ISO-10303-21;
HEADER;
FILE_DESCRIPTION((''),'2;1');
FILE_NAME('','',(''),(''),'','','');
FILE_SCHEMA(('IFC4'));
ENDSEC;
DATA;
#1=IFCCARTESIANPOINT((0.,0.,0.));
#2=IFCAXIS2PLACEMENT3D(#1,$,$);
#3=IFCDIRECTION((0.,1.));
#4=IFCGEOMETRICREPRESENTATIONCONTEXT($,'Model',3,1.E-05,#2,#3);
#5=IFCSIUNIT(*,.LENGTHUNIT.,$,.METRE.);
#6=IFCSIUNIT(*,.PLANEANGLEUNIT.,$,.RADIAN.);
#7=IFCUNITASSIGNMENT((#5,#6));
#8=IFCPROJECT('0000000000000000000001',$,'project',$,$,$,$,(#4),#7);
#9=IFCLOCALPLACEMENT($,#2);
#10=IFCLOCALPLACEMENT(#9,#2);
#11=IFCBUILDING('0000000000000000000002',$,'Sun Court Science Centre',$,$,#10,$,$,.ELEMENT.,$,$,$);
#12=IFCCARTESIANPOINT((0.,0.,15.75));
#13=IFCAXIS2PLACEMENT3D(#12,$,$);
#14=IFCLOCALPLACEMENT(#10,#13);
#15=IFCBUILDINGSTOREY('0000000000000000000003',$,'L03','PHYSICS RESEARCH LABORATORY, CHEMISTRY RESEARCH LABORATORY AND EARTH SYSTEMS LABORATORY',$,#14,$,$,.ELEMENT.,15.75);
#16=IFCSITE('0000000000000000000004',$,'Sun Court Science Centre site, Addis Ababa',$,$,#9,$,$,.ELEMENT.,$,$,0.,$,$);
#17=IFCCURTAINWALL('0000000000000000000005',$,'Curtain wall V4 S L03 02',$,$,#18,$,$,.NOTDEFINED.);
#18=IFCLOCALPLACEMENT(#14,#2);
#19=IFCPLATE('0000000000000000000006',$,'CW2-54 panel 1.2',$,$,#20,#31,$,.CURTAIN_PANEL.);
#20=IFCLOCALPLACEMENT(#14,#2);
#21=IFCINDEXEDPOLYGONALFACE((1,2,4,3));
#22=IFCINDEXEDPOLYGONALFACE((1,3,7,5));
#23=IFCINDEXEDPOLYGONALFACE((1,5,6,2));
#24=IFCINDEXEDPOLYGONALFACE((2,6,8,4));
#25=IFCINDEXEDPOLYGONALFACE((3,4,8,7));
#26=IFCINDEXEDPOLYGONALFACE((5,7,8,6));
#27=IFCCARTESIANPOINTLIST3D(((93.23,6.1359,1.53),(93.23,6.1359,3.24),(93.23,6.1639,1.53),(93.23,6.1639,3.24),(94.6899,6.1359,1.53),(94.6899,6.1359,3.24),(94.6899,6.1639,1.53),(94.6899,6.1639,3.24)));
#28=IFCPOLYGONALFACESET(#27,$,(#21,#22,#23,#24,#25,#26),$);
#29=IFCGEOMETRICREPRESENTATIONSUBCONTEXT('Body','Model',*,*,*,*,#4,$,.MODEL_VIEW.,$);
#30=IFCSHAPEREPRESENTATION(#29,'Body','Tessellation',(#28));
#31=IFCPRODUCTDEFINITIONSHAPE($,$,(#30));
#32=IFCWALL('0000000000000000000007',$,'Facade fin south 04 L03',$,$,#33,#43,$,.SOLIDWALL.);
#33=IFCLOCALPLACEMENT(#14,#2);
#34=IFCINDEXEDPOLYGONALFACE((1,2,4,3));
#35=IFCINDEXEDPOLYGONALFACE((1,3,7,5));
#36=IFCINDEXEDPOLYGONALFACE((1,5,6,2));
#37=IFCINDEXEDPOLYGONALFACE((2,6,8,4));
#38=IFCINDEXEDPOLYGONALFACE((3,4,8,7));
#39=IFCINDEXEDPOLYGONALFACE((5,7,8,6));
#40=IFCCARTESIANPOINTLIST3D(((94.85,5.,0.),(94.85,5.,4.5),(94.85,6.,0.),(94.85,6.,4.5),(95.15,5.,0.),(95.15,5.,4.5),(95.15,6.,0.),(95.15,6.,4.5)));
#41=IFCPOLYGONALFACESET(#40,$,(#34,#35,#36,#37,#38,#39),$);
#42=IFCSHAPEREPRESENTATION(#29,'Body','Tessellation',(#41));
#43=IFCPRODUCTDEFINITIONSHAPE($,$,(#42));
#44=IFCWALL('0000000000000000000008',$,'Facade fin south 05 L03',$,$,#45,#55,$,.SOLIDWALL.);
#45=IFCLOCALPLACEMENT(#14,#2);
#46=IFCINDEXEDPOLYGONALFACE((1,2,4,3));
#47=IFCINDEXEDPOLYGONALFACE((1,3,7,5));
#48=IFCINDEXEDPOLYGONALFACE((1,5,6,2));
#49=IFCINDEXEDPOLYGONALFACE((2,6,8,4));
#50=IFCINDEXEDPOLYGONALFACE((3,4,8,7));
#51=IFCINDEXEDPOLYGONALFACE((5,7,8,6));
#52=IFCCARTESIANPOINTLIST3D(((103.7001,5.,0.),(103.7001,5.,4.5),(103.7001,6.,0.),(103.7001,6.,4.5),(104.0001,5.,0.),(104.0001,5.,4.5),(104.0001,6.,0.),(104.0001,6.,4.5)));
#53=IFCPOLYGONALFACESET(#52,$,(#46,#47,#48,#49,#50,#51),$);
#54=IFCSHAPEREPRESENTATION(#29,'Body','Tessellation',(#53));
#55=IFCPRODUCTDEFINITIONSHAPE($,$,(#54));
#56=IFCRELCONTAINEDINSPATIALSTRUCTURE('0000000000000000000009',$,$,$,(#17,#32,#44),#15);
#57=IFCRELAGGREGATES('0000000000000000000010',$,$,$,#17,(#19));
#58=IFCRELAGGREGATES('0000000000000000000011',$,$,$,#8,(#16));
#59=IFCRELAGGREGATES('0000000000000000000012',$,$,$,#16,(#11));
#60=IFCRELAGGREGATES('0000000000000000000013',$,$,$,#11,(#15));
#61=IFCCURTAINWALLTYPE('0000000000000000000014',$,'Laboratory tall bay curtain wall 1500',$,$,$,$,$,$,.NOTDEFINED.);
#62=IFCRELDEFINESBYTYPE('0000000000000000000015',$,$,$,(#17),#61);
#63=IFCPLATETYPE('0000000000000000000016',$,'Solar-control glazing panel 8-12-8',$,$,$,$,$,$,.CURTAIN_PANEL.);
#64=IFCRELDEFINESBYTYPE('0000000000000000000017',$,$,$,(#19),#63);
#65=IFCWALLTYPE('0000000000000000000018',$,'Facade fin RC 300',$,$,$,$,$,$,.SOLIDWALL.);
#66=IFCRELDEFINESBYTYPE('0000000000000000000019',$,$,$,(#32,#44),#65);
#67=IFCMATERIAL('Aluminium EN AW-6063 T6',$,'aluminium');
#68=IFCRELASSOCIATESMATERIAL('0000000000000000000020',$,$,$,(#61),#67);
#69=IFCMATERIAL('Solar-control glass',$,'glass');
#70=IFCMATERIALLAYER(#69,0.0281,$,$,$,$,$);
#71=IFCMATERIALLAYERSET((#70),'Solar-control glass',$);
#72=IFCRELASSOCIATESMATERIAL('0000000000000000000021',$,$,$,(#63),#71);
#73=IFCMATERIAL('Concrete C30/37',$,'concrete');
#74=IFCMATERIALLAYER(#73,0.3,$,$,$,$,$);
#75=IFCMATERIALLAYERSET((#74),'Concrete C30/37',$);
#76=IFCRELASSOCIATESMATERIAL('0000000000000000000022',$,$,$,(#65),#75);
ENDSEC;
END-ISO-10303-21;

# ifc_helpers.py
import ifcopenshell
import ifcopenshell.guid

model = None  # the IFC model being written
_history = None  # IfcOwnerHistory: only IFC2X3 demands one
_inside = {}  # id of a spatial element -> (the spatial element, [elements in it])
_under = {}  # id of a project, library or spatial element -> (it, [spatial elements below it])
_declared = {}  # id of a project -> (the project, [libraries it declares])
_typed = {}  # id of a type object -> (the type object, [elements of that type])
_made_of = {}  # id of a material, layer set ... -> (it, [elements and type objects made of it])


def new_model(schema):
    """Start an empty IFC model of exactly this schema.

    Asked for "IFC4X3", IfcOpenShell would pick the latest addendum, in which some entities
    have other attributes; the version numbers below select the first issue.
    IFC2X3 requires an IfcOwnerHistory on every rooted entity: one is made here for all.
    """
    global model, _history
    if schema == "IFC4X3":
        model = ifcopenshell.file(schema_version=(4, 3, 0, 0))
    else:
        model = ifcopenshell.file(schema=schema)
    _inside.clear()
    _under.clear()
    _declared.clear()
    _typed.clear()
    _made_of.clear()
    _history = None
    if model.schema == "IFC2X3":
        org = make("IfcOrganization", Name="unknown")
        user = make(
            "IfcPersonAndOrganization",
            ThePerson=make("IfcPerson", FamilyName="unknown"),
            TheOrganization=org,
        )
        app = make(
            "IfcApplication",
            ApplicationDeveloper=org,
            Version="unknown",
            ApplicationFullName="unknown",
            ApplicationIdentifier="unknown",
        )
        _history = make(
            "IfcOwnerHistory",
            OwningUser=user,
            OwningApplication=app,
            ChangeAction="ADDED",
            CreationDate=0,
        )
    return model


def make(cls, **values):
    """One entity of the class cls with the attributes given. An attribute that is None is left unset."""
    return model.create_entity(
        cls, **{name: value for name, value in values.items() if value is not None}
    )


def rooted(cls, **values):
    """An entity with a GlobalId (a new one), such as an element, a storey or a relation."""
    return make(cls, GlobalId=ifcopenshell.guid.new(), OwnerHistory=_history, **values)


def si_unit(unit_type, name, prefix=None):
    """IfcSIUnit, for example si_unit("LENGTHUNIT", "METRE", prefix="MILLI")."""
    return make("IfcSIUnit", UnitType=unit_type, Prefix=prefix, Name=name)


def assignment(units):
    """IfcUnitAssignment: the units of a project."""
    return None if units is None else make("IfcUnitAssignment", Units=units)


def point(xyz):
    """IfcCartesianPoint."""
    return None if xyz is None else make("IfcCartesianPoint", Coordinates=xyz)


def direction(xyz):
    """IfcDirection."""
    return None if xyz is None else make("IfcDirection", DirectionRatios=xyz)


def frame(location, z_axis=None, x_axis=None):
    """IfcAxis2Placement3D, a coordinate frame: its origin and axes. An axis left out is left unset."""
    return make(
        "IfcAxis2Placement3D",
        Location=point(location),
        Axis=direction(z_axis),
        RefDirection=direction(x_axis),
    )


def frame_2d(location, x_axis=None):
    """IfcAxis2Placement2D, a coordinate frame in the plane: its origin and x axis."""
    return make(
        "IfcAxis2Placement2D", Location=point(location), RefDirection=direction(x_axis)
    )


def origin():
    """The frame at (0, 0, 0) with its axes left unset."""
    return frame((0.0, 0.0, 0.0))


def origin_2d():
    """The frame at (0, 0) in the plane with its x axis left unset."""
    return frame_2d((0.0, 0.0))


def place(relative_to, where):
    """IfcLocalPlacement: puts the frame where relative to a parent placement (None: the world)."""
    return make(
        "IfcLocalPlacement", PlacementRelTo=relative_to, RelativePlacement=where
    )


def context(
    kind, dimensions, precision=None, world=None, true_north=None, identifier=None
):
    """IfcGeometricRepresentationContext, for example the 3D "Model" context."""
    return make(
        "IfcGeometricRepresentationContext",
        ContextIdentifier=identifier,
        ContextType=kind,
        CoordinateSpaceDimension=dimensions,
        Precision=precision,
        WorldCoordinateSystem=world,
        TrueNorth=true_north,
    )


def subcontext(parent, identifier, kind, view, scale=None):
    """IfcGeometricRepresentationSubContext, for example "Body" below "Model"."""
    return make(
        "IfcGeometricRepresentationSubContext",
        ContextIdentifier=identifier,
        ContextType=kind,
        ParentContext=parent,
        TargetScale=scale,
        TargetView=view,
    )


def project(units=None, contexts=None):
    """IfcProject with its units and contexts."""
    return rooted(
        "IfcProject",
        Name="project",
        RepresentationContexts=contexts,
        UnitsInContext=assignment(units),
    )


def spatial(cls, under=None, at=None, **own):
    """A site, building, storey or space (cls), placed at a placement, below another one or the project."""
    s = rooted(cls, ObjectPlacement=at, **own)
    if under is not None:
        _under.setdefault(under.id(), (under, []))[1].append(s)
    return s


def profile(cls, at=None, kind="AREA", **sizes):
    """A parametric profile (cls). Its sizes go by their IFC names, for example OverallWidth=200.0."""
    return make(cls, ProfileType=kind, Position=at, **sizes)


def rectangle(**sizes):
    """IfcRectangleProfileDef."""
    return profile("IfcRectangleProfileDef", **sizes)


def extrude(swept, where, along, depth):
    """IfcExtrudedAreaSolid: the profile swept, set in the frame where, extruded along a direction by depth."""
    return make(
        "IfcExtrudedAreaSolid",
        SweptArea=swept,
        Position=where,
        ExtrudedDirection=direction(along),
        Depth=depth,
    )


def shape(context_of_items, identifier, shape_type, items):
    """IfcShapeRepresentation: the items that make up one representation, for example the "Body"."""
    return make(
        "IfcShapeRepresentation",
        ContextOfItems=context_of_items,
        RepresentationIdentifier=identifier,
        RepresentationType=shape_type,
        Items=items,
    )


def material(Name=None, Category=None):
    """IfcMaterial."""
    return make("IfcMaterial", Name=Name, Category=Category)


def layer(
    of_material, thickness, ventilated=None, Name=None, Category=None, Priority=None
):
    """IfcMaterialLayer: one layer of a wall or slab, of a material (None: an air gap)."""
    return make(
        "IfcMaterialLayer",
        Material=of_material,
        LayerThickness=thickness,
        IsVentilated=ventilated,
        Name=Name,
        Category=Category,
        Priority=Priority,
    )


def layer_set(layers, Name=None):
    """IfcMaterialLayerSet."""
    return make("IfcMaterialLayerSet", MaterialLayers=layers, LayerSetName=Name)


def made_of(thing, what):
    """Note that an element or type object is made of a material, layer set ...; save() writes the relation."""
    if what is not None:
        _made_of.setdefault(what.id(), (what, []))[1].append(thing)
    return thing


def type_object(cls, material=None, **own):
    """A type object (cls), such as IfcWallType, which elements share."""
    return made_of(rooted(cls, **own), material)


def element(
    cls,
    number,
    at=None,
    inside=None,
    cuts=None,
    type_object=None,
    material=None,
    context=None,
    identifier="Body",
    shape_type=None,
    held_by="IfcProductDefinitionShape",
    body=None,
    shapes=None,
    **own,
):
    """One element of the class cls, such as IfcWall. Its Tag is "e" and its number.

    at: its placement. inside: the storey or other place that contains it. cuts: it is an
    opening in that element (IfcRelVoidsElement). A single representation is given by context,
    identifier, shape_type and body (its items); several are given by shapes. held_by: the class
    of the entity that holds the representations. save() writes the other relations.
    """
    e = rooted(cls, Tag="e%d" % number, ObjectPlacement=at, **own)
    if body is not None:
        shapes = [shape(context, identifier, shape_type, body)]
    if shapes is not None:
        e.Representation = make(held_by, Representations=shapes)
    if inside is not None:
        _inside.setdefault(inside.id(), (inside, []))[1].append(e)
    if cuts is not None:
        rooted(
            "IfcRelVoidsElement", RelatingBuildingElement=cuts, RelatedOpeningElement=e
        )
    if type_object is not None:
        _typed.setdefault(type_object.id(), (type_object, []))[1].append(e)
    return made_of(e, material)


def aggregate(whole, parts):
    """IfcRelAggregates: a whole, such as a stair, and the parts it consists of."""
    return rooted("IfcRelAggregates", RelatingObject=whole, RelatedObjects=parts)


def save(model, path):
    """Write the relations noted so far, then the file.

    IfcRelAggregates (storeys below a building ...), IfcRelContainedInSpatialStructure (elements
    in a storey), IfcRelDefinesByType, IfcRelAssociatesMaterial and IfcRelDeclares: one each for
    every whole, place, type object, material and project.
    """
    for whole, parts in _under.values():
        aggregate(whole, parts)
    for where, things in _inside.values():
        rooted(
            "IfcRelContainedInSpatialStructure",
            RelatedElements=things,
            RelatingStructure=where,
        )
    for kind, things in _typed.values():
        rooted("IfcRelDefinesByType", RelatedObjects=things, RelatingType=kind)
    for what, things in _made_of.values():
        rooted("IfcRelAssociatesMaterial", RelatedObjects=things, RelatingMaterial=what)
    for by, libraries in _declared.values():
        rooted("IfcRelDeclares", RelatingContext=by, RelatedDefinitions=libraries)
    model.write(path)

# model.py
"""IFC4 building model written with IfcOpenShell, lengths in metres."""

from ifc_helpers import new_model, si_unit, direction, frame, frame_2d, origin, origin_2d, place, context, subcontext, project, spatial, rectangle, extrude, material, layer, layer_set, type_object, element, aggregate, save


model = new_model("IFC4")

# Units and contexts
model_context = context("Model", 3, precision=1e-05, world=origin(), true_north=direction((0.0, 1.0)))
body_context = subcontext(model_context, "Body", "Model", "MODEL_VIEW")
ifc_project = project(units=[si_unit("LENGTHUNIT", "METRE"), si_unit("PLANEANGLEUNIT", "RADIAN")], contexts=[model_context])

# Site, building, storey
site_placement = place(None, origin())
site = spatial("IfcSite", under=ifc_project, at=site_placement, Name="Sun Court Science Centre site, Addis Ababa", CompositionType="ELEMENT", RefElevation=0.0)
building_placement = place(site_placement, origin())
building = spatial("IfcBuilding", under=site, at=building_placement, Name="Sun Court Science Centre", CompositionType="ELEMENT")
storey_placement = place(building_placement, frame((0.0, 0.0, 15.75)))
storey = spatial("IfcBuildingStorey", under=building, at=storey_placement, Name="L03", Description="PHYSICS RESEARCH LABORATORY, CHEMISTRY RESEARCH LABORATORY AND EARTH SYSTEMS LABORATORY", CompositionType="ELEMENT", Elevation=15.75)

# Curtain wall
ifc_material_1 = material(Name="Aluminium EN AW-6063 T6", Category="aluminium")
curtain_wall_type = type_object("IfcCurtainWallType", Name="Laboratory tall bay curtain wall 1500", PredefinedType="NOTDEFINED", material=ifc_material_1)
curtain_wall_1_placement = place(storey_placement, origin())
curtain_wall_1 = element("IfcCurtainWall", 1, at=curtain_wall_1_placement, inside=storey, type_object=curtain_wall_type, Name="Curtain wall V4 S L03 02", PredefinedType="NOTDEFINED")

# Plate
ifc_material_2 = material(Name="Solar-control glass", Category="glass")
ifc_layer_1 = layer(ifc_material_2, 0.0281)
ifc_layer_set_1 = layer_set([ifc_layer_1], Name="Solar-control glass")
plate_type = type_object("IfcPlateType", Name="Solar-control glazing panel 8-12-8", PredefinedType="CURTAIN_PANEL", material=ifc_layer_set_1)
plate_1_placement = place(storey_placement, frame((93.96, 6.1499, 1.53), z_axis=(0.0, 0.0, 1.0), x_axis=(-1.0, 0.0, 0.0)))
plate_1 = element("IfcPlate", 2, at=plate_1_placement, type_object=plate_type, Name="CW2-54 panel 1.2", PredefinedType="CURTAIN_PANEL", context=body_context, shape_type="SweptSolid", body=[
    extrude(rectangle(XDim=1.46, YDim=0.0281, at=origin_2d()), origin(), (0.0, 0.0, 1.0), 1.71),
])
aggregate(curtain_wall_1, [plate_1])

# Walls
ifc_material_3 = material(Name="Concrete C30/37", Category="concrete")
ifc_layer_2 = layer(ifc_material_3, 0.3)
ifc_layer_set_2 = layer_set([ifc_layer_2], Name="Concrete C30/37")
wall_type = type_object("IfcWallType", Name="Facade fin RC 300", PredefinedType="SOLIDWALL", material=ifc_layer_set_2)
for number, where, z_axis, x_axis, name in (
    (3, (95.0, 6.0, 0.0), (0.0, 0.0, 1.0), (0.0, -1.0, 0.0), "Facade fin south 04 L03"),
    (4, (103.8501, 6.0, 0.0), (0.0, 0.0, 1.0), (0.0, -1.0, 0.0), "Facade fin south 05 L03"),
):
    element("IfcWall", number, at=place(storey_placement, frame(where, z_axis=z_axis, x_axis=x_axis)), inside=storey, type_object=wall_type, Name=name, PredefinedType="SOLIDWALL", context=body_context, shape_type="SweptSolid", body=[
        extrude(rectangle(XDim=1.0, YDim=0.3, at=frame_2d((0.5, 0.0))), origin(), (0.0, 0.0, 1.0), 4.5),
    ])

save(model, "model.ifc")
